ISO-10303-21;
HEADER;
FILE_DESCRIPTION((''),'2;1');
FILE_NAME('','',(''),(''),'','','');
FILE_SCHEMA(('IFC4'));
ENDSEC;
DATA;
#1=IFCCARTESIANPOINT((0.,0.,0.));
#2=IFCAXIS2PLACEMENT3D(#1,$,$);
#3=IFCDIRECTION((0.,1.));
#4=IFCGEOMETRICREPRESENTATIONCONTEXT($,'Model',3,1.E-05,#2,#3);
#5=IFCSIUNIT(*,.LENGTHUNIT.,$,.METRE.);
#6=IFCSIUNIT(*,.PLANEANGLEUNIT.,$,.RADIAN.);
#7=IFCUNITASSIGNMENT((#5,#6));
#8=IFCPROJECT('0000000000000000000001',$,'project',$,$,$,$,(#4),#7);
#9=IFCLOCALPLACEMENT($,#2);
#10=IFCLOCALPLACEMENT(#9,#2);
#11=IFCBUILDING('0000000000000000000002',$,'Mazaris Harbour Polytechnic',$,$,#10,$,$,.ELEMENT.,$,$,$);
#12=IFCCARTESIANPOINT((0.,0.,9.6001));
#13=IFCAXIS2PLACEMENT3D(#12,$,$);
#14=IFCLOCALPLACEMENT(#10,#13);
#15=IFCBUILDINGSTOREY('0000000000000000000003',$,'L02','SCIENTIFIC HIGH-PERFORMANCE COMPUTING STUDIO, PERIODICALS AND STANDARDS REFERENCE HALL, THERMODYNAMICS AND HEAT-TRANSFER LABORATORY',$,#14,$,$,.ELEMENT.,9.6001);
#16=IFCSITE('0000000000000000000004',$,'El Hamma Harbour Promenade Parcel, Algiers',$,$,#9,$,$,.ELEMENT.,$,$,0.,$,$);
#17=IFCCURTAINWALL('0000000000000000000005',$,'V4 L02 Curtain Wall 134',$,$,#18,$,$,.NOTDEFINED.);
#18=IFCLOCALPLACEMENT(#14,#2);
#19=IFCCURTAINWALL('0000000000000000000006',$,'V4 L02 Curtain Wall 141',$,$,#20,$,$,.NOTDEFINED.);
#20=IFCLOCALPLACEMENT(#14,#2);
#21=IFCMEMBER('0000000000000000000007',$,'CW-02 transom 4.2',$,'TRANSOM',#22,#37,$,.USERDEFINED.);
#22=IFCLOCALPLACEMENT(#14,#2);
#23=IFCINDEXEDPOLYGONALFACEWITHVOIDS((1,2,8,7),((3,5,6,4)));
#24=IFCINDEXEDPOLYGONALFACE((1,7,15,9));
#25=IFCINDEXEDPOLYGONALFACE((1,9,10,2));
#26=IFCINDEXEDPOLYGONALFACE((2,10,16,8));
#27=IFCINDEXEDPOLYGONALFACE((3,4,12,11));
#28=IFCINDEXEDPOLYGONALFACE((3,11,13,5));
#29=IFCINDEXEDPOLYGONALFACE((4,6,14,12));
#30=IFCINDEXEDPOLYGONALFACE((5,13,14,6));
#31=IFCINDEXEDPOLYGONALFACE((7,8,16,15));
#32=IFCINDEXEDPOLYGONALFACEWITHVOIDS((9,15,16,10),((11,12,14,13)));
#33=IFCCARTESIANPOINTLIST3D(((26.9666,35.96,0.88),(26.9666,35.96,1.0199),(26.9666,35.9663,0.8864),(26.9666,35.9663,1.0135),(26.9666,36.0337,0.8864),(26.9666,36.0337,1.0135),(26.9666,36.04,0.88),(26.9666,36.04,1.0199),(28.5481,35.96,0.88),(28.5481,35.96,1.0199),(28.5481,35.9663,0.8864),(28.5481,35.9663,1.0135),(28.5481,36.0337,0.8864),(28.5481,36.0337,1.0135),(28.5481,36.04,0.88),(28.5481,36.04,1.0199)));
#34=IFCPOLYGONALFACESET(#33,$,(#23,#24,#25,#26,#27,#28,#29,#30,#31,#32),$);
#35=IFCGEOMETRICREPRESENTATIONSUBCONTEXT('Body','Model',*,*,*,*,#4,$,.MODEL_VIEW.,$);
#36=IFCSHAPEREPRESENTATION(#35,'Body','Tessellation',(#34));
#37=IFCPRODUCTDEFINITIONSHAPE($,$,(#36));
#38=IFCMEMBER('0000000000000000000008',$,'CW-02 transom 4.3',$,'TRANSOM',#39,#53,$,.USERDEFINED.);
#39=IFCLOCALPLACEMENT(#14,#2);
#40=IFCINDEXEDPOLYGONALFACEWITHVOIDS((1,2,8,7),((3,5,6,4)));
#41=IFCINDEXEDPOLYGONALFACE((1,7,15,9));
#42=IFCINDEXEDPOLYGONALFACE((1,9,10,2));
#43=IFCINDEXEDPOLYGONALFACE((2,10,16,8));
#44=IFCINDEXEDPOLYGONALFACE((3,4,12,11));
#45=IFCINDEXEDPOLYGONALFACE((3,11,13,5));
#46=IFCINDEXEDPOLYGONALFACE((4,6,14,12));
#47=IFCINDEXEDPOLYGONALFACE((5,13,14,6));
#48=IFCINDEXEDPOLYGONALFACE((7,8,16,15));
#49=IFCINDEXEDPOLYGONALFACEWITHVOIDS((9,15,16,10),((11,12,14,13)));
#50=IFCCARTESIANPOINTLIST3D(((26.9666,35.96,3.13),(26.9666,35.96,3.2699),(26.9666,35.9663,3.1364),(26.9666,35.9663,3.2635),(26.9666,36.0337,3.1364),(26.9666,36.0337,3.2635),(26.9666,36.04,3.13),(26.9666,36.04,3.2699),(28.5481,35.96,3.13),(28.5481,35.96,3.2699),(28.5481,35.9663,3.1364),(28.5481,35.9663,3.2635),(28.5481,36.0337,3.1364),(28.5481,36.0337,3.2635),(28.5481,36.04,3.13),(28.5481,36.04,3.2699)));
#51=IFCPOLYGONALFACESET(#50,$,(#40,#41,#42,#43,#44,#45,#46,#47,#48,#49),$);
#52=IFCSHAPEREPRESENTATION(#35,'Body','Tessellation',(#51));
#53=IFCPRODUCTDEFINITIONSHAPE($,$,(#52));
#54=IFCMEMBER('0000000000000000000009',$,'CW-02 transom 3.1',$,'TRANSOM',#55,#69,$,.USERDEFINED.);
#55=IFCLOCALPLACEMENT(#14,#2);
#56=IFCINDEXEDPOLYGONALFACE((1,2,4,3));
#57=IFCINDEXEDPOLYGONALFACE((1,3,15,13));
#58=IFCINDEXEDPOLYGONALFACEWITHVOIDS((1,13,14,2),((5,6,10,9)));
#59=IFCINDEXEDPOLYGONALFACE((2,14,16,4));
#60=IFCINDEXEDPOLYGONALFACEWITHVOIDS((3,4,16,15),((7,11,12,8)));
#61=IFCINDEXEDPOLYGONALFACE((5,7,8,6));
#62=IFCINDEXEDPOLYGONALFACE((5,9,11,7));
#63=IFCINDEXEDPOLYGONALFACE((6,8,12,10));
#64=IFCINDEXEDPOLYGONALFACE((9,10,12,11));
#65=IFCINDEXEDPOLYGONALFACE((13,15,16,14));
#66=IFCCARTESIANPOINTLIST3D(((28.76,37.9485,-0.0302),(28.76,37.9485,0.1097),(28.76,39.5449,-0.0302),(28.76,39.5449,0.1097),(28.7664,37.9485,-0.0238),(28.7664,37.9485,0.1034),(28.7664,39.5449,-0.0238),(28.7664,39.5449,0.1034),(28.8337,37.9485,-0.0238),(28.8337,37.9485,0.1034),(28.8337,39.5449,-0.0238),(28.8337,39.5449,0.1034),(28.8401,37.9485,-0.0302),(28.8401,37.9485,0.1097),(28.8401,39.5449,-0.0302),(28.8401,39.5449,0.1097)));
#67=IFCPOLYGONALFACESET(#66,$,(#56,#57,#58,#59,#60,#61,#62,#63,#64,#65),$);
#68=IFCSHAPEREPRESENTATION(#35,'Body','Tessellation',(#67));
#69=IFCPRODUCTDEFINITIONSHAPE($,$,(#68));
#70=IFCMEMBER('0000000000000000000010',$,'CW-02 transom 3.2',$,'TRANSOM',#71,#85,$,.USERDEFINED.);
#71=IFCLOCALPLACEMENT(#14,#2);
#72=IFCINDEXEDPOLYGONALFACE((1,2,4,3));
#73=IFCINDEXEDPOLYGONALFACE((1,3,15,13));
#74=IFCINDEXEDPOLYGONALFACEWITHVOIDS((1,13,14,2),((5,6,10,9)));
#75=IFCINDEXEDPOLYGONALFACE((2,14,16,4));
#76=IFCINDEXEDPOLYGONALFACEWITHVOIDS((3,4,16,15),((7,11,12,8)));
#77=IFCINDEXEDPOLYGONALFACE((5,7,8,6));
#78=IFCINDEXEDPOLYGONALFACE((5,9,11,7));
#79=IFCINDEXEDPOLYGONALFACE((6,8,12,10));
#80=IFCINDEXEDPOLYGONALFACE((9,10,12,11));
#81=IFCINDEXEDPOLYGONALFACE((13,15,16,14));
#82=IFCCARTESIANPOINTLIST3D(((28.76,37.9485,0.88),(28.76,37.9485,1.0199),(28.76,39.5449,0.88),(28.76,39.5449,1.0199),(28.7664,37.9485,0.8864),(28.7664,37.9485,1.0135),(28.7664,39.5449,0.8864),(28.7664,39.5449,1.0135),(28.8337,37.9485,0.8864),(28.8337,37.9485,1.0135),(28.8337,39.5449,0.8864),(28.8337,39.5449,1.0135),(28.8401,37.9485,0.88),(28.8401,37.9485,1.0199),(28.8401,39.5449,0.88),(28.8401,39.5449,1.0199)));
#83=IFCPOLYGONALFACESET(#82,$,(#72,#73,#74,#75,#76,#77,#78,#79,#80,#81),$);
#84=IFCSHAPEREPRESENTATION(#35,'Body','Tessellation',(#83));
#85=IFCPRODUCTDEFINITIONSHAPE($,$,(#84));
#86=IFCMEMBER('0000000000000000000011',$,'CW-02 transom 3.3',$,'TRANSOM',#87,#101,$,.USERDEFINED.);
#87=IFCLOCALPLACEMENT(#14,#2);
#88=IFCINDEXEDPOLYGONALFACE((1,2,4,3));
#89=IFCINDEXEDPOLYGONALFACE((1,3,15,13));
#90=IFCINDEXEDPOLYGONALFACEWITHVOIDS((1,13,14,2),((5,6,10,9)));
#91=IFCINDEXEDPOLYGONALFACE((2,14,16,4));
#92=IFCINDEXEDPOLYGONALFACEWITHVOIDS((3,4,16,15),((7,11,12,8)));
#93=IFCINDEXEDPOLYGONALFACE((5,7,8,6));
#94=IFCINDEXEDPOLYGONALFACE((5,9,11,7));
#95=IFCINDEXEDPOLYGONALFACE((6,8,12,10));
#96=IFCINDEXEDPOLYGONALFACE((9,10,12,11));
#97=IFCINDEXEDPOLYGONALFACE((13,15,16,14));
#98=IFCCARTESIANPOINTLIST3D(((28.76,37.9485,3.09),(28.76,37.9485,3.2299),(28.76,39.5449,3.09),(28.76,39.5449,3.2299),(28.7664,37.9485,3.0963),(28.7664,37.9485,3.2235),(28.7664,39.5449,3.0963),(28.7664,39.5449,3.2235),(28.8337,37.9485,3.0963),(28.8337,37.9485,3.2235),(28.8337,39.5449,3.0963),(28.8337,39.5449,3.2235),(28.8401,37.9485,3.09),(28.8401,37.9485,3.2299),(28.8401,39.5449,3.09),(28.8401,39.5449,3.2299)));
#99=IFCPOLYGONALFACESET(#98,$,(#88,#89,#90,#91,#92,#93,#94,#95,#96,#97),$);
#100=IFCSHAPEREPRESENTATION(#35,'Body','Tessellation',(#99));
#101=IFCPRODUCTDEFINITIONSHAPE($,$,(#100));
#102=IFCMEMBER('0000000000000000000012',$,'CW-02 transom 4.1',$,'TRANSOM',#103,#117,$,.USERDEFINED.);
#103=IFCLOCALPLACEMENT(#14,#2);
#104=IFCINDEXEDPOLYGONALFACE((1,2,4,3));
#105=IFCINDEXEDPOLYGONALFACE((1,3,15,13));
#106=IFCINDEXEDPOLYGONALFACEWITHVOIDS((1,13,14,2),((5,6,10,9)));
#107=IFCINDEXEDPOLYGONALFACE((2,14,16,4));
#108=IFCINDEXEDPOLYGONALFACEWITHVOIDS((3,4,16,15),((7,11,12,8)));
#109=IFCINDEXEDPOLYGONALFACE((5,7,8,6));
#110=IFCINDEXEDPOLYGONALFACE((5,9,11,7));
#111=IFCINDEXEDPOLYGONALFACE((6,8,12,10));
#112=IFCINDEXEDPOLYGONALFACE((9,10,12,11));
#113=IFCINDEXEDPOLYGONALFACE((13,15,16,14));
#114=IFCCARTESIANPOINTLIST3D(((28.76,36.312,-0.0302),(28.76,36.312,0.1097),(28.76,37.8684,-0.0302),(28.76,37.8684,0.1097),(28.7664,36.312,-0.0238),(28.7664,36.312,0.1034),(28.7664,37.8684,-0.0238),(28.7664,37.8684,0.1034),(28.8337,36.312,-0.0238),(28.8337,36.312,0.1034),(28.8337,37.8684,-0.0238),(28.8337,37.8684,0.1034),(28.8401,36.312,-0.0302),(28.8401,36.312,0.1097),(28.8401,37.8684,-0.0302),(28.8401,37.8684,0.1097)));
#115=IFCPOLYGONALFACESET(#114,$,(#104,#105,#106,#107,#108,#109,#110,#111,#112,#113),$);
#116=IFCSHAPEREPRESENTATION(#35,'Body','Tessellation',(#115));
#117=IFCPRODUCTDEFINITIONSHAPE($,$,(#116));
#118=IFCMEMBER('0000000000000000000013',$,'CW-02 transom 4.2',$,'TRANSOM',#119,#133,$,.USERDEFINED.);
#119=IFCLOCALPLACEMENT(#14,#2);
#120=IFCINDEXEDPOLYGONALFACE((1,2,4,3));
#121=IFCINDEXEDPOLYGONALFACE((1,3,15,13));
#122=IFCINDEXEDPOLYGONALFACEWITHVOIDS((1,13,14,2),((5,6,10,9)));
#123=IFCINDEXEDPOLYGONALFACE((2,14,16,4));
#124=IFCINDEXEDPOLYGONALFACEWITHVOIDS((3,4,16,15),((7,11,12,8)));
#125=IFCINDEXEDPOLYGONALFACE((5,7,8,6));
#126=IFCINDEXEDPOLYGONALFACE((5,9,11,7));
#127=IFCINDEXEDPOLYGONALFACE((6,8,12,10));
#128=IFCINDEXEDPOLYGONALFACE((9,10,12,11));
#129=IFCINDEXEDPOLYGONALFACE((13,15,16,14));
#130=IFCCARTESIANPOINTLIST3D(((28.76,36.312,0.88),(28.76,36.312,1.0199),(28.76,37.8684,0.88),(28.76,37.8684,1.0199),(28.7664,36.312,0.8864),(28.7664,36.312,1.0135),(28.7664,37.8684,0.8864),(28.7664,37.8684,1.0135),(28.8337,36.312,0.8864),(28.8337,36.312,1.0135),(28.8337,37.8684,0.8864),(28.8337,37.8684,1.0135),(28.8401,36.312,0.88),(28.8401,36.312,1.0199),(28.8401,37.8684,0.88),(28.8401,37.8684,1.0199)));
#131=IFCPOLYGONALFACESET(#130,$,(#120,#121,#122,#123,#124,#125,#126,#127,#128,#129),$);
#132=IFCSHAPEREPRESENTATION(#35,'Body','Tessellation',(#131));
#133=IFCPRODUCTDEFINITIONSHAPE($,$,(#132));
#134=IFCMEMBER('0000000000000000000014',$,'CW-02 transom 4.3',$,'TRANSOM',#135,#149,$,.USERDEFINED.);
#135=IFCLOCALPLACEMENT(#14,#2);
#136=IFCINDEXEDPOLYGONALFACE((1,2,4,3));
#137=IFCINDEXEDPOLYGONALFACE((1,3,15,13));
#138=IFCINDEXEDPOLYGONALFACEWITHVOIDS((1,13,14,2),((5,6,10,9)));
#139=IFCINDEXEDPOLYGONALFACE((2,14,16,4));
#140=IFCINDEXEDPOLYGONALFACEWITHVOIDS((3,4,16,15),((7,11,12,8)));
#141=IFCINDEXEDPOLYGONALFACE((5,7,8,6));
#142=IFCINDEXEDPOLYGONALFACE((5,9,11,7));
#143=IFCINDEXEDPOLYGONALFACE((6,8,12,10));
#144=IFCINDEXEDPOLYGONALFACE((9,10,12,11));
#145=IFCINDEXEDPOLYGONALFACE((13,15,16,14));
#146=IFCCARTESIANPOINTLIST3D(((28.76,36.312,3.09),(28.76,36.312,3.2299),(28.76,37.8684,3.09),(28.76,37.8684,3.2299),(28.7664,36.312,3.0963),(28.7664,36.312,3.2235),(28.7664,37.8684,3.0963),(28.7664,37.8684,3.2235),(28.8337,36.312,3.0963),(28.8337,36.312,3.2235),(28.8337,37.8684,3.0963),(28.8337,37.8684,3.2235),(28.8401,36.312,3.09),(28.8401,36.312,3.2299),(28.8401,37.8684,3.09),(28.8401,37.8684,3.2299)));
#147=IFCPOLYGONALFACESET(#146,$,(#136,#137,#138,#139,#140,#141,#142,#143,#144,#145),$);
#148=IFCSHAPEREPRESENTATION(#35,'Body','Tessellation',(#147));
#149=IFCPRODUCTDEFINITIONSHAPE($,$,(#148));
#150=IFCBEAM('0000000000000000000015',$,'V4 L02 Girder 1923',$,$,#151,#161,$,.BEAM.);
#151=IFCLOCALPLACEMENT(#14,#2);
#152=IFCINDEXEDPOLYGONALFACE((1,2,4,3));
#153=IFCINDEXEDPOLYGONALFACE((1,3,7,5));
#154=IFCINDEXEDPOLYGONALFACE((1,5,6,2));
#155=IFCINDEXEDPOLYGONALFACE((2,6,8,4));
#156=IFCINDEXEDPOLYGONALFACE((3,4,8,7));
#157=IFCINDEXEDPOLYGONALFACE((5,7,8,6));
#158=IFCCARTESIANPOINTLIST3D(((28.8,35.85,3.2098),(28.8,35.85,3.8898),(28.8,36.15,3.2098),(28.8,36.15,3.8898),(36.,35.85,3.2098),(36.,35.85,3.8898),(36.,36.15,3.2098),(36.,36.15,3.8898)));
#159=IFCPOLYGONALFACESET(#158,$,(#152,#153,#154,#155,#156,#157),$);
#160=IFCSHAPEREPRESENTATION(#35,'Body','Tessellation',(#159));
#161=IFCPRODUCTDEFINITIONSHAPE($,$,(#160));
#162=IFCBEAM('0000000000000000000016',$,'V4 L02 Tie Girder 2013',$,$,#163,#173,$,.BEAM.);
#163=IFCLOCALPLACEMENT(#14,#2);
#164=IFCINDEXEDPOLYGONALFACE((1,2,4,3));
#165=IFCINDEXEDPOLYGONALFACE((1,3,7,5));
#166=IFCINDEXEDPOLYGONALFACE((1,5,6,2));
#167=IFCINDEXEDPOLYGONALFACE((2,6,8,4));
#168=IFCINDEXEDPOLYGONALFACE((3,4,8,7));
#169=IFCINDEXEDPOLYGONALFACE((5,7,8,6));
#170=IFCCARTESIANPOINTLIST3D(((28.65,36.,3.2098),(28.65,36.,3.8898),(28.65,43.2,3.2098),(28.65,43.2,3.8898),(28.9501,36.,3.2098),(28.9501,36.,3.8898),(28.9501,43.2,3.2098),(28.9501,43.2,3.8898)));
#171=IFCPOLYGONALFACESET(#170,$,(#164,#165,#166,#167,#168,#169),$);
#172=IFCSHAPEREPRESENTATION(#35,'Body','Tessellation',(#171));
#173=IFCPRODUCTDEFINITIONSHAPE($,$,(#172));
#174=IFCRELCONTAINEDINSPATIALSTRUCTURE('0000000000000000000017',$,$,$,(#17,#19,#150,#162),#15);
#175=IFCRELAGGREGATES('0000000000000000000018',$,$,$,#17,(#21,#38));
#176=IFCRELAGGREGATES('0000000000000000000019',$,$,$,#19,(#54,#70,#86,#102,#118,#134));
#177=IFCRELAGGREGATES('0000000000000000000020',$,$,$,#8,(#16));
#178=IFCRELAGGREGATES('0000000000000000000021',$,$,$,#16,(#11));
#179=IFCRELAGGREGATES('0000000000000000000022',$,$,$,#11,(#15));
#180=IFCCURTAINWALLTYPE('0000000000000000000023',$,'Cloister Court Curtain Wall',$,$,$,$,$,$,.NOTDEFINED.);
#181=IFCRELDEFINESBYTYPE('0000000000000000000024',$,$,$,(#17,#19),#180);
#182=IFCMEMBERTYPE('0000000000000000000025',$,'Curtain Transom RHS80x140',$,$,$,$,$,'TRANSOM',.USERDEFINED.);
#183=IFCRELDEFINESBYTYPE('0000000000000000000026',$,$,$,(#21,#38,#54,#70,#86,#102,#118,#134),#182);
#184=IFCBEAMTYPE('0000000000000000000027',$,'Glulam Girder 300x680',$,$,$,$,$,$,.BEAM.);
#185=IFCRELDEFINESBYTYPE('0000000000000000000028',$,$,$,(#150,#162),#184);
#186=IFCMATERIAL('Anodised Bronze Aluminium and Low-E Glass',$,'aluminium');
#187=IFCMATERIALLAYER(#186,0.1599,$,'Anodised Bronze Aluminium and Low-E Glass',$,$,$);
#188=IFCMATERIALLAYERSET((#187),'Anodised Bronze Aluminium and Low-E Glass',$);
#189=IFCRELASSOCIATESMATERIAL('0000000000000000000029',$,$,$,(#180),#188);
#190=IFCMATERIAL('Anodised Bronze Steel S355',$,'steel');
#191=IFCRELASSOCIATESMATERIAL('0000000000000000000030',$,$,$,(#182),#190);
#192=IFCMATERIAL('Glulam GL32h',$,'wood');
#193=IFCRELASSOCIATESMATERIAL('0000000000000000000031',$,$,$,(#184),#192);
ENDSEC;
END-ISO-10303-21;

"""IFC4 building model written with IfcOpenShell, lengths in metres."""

from ifc_helpers import new_model, si_unit, direction, frame, origin, origin_2d, place, context, subcontext, project, spatial, rectangle, hollow_rectangle, extrude, material, layer, layer_set, material_profile, profile_set, type_object, element, aggregate, save


model = new_model("IFC4")

# Units and contexts
model_context = context("Model", 3, precision=1e-05, world=origin(), true_north=direction((0.0, 1.0)))
body_context = subcontext(model_context, "Body", "Model", "MODEL_VIEW")
ifc_project = project(units=[si_unit("LENGTHUNIT", "METRE"), si_unit("PLANEANGLEUNIT", "RADIAN")], contexts=[model_context])

# Site, building, storey
site_placement = place(None, origin())
site = spatial("IfcSite", under=ifc_project, at=site_placement, Name="El Hamma Harbour Promenade Parcel, Algiers", CompositionType="ELEMENT", RefElevation=0.0)
building_placement = place(site_placement, origin())
building = spatial("IfcBuilding", under=site, at=building_placement, Name="Mazaris Harbour Polytechnic", CompositionType="ELEMENT")
storey_placement = place(building_placement, frame((0.0, 0.0, 9.6001)))
storey = spatial("IfcBuildingStorey", under=building, at=storey_placement, Name="L02", Description="SCIENTIFIC HIGH-PERFORMANCE COMPUTING STUDIO, PERIODICALS AND STANDARDS REFERENCE HALL, THERMODYNAMICS AND HEAT-TRANSFER LABORATORY", CompositionType="ELEMENT", Elevation=9.6001)

# Curtain walls
ifc_material_1 = material(Name="Anodised Bronze Aluminium and Low-E Glass", Category="aluminium")
ifc_layer_1 = layer(ifc_material_1, 0.1599, Name="Anodised Bronze Aluminium and Low-E Glass")
ifc_layer_set_1 = layer_set([ifc_layer_1], Name="Anodised Bronze Aluminium and Low-E Glass")
curtain_wall_type = type_object("IfcCurtainWallType", Name="Cloister Court Curtain Wall", PredefinedType="NOTDEFINED", material=ifc_layer_set_1)
curtain_wall_1_placement = place(storey_placement, origin())
curtain_wall_1 = element("IfcCurtainWall", 1, at=curtain_wall_1_placement, inside=storey, type_object=curtain_wall_type, Name="V4 L02 Curtain Wall 134", PredefinedType="NOTDEFINED")
curtain_wall_2_placement = place(storey_placement, origin())
curtain_wall_2 = element("IfcCurtainWall", 2, at=curtain_wall_2_placement, inside=storey, type_object=curtain_wall_type, Name="V4 L02 Curtain Wall 141", PredefinedType="NOTDEFINED")

# Members
ifc_material_2 = material(Name="Anodised Bronze Steel S355", Category="steel")
ifc_material_profile_1 = material_profile(ifc_material_2, hollow_rectangle(XDim=0.0801, YDim=0.1399, WallThickness=0.0063, at=origin_2d()), Name="RHS 80x140x6.3")
ifc_profile_set_1 = profile_set([ifc_material_profile_1], Name="Anodised Bronze Steel S355")
member_type_1 = type_object("IfcMemberType", Name="Curtain Transom RHS80x140", ElementType="TRANSOM", PredefinedType="USERDEFINED", material=ifc_profile_set_1)
member_1_placement = place(storey_placement, frame((26.9666, 36.0, 0.95), z_axis=(1.0, 0.0, 0.0), x_axis=(0.0, 1.0, 0.0)))
member_1 = element("IfcMember", 3, at=member_1_placement, type_object=member_type_1, Name="CW-02 transom 4.2", ObjectType="TRANSOM", PredefinedType="USERDEFINED", context=body_context, shape_type="SweptSolid", body=[
    extrude(hollow_rectangle(XDim=0.0801, YDim=0.1399, WallThickness=0.0063, at=origin_2d()), origin(), (0.0, 0.0, 1.0), 1.5815),
])
member_2_placement = place(storey_placement, frame((26.9666, 36.0, 3.2), z_axis=(1.0, 0.0, 0.0), x_axis=(0.0, 1.0, 0.0)))
member_2 = element("IfcMember", 4, at=member_2_placement, type_object=member_type_1, Name="CW-02 transom 4.3", ObjectType="TRANSOM", PredefinedType="USERDEFINED", context=body_context, shape_type="SweptSolid", body=[
    extrude(hollow_rectangle(XDim=0.0801, YDim=0.1399, WallThickness=0.0063, at=origin_2d()), origin(), (0.0, 0.0, 1.0), 1.5815),
])
member_3_placement = place(storey_placement, frame((28.8, 39.5449, 0.0398), z_axis=(0.0, -1.0, 0.0), x_axis=(1.0, 0.0, 0.0)))
member_3 = element("IfcMember", 5, at=member_3_placement, type_object=member_type_1, Name="CW-02 transom 3.1", ObjectType="TRANSOM", PredefinedType="USERDEFINED", context=body_context, shape_type="SweptSolid", body=[
    extrude(hollow_rectangle(XDim=0.0801, YDim=0.1399, WallThickness=0.0063, at=origin_2d()), origin(), (0.0, 0.0, 1.0), 1.5964),
])
member_4_placement = place(storey_placement, frame((28.8, 39.5449, 0.95), z_axis=(0.0, -1.0, 0.0), x_axis=(1.0, 0.0, 0.0)))
member_4 = element("IfcMember", 6, at=member_4_placement, type_object=member_type_1, Name="CW-02 transom 3.2", ObjectType="TRANSOM", PredefinedType="USERDEFINED", context=body_context, shape_type="SweptSolid", body=[
    extrude(hollow_rectangle(XDim=0.0801, YDim=0.1399, WallThickness=0.0063, at=origin_2d()), origin(), (0.0, 0.0, 1.0), 1.5964),
])
member_5_placement = place(storey_placement, frame((28.8, 39.5449, 3.1599), z_axis=(0.0, -1.0, 0.0), x_axis=(1.0, 0.0, 0.0)))
member_5 = element("IfcMember", 7, at=member_5_placement, type_object=member_type_1, Name="CW-02 transom 3.3", ObjectType="TRANSOM", PredefinedType="USERDEFINED", context=body_context, shape_type="SweptSolid", body=[
    extrude(hollow_rectangle(XDim=0.0801, YDim=0.1399, WallThickness=0.0063, at=origin_2d()), origin(), (0.0, 0.0, 1.0), 1.5964),
])
member_6_placement = place(storey_placement, frame((28.8, 37.8684, 0.0398), z_axis=(0.0, -1.0, 0.0), x_axis=(1.0, 0.0, 0.0)))
member_6 = element("IfcMember", 8, at=member_6_placement, type_object=member_type_1, Name="CW-02 transom 4.1", ObjectType="TRANSOM", PredefinedType="USERDEFINED", context=body_context, shape_type="SweptSolid", body=[
    extrude(hollow_rectangle(XDim=0.0801, YDim=0.1399, WallThickness=0.0063, at=origin_2d()), origin(), (0.0, 0.0, 1.0), 1.5564),
])
member_7_placement = place(storey_placement, frame((28.8, 37.8684, 0.95), z_axis=(0.0, -1.0, 0.0), x_axis=(1.0, 0.0, 0.0)))
member_7 = element("IfcMember", 9, at=member_7_placement, type_object=member_type_1, Name="CW-02 transom 4.2", ObjectType="TRANSOM", PredefinedType="USERDEFINED", context=body_context, shape_type="SweptSolid", body=[
    extrude(hollow_rectangle(XDim=0.0801, YDim=0.1399, WallThickness=0.0063, at=origin_2d()), origin(), (0.0, 0.0, 1.0), 1.5564),
])
member_8_placement = place(storey_placement, frame((28.8, 37.8684, 3.1599), z_axis=(0.0, -1.0, 0.0), x_axis=(1.0, 0.0, 0.0)))
member_8 = element("IfcMember", 10, at=member_8_placement, type_object=member_type_1, Name="CW-02 transom 4.3", ObjectType="TRANSOM", PredefinedType="USERDEFINED", context=body_context, shape_type="SweptSolid", body=[
    extrude(hollow_rectangle(XDim=0.0801, YDim=0.1399, WallThickness=0.0063, at=origin_2d()), origin(), (0.0, 0.0, 1.0), 1.5564),
])

# Beams
ifc_material_3 = material(Name="Glulam GL32h", Category="wood")
ifc_material_profile_2 = material_profile(ifc_material_3, rectangle(XDim=0.3, YDim=0.6799, at=origin_2d()), Name="RECT300x680")
ifc_profile_set_2 = profile_set([ifc_material_profile_2], Name="Glulam GL32h")
beam_type_1 = type_object("IfcBeamType", Name="Glulam Girder 300x680", PredefinedType="BEAM", material=ifc_profile_set_2)
for number, where, z_axis, x_axis, name in (
    (11, (28.8, 36.0, 3.5498), (1.0, 0.0, 0.0), (0.0, 1.0, 0.0), "V4 L02 Girder 1923"),
    (12, (28.8, 36.0, 3.5498), (0.0, 1.0, 0.0), (-1.0, 0.0, 0.0), "V4 L02 Tie Girder 2013"),
):
    element("IfcBeam", number, at=place(storey_placement, frame(where, z_axis=z_axis, x_axis=x_axis)), inside=storey, type_object=beam_type_1, Name=name, PredefinedType="BEAM", context=body_context, shape_type="SweptSolid", body=[
        extrude(rectangle(XDim=0.3, YDim=0.6799, at=origin_2d()), origin(), (0.0, 0.0, 1.0), 7.2),
    ])

aggregate(curtain_wall_1, [member_1, member_2])
aggregate(curtain_wall_2, [member_3, member_4, member_5, member_6, member_7, member_8])

save(model, "model.ifc")
